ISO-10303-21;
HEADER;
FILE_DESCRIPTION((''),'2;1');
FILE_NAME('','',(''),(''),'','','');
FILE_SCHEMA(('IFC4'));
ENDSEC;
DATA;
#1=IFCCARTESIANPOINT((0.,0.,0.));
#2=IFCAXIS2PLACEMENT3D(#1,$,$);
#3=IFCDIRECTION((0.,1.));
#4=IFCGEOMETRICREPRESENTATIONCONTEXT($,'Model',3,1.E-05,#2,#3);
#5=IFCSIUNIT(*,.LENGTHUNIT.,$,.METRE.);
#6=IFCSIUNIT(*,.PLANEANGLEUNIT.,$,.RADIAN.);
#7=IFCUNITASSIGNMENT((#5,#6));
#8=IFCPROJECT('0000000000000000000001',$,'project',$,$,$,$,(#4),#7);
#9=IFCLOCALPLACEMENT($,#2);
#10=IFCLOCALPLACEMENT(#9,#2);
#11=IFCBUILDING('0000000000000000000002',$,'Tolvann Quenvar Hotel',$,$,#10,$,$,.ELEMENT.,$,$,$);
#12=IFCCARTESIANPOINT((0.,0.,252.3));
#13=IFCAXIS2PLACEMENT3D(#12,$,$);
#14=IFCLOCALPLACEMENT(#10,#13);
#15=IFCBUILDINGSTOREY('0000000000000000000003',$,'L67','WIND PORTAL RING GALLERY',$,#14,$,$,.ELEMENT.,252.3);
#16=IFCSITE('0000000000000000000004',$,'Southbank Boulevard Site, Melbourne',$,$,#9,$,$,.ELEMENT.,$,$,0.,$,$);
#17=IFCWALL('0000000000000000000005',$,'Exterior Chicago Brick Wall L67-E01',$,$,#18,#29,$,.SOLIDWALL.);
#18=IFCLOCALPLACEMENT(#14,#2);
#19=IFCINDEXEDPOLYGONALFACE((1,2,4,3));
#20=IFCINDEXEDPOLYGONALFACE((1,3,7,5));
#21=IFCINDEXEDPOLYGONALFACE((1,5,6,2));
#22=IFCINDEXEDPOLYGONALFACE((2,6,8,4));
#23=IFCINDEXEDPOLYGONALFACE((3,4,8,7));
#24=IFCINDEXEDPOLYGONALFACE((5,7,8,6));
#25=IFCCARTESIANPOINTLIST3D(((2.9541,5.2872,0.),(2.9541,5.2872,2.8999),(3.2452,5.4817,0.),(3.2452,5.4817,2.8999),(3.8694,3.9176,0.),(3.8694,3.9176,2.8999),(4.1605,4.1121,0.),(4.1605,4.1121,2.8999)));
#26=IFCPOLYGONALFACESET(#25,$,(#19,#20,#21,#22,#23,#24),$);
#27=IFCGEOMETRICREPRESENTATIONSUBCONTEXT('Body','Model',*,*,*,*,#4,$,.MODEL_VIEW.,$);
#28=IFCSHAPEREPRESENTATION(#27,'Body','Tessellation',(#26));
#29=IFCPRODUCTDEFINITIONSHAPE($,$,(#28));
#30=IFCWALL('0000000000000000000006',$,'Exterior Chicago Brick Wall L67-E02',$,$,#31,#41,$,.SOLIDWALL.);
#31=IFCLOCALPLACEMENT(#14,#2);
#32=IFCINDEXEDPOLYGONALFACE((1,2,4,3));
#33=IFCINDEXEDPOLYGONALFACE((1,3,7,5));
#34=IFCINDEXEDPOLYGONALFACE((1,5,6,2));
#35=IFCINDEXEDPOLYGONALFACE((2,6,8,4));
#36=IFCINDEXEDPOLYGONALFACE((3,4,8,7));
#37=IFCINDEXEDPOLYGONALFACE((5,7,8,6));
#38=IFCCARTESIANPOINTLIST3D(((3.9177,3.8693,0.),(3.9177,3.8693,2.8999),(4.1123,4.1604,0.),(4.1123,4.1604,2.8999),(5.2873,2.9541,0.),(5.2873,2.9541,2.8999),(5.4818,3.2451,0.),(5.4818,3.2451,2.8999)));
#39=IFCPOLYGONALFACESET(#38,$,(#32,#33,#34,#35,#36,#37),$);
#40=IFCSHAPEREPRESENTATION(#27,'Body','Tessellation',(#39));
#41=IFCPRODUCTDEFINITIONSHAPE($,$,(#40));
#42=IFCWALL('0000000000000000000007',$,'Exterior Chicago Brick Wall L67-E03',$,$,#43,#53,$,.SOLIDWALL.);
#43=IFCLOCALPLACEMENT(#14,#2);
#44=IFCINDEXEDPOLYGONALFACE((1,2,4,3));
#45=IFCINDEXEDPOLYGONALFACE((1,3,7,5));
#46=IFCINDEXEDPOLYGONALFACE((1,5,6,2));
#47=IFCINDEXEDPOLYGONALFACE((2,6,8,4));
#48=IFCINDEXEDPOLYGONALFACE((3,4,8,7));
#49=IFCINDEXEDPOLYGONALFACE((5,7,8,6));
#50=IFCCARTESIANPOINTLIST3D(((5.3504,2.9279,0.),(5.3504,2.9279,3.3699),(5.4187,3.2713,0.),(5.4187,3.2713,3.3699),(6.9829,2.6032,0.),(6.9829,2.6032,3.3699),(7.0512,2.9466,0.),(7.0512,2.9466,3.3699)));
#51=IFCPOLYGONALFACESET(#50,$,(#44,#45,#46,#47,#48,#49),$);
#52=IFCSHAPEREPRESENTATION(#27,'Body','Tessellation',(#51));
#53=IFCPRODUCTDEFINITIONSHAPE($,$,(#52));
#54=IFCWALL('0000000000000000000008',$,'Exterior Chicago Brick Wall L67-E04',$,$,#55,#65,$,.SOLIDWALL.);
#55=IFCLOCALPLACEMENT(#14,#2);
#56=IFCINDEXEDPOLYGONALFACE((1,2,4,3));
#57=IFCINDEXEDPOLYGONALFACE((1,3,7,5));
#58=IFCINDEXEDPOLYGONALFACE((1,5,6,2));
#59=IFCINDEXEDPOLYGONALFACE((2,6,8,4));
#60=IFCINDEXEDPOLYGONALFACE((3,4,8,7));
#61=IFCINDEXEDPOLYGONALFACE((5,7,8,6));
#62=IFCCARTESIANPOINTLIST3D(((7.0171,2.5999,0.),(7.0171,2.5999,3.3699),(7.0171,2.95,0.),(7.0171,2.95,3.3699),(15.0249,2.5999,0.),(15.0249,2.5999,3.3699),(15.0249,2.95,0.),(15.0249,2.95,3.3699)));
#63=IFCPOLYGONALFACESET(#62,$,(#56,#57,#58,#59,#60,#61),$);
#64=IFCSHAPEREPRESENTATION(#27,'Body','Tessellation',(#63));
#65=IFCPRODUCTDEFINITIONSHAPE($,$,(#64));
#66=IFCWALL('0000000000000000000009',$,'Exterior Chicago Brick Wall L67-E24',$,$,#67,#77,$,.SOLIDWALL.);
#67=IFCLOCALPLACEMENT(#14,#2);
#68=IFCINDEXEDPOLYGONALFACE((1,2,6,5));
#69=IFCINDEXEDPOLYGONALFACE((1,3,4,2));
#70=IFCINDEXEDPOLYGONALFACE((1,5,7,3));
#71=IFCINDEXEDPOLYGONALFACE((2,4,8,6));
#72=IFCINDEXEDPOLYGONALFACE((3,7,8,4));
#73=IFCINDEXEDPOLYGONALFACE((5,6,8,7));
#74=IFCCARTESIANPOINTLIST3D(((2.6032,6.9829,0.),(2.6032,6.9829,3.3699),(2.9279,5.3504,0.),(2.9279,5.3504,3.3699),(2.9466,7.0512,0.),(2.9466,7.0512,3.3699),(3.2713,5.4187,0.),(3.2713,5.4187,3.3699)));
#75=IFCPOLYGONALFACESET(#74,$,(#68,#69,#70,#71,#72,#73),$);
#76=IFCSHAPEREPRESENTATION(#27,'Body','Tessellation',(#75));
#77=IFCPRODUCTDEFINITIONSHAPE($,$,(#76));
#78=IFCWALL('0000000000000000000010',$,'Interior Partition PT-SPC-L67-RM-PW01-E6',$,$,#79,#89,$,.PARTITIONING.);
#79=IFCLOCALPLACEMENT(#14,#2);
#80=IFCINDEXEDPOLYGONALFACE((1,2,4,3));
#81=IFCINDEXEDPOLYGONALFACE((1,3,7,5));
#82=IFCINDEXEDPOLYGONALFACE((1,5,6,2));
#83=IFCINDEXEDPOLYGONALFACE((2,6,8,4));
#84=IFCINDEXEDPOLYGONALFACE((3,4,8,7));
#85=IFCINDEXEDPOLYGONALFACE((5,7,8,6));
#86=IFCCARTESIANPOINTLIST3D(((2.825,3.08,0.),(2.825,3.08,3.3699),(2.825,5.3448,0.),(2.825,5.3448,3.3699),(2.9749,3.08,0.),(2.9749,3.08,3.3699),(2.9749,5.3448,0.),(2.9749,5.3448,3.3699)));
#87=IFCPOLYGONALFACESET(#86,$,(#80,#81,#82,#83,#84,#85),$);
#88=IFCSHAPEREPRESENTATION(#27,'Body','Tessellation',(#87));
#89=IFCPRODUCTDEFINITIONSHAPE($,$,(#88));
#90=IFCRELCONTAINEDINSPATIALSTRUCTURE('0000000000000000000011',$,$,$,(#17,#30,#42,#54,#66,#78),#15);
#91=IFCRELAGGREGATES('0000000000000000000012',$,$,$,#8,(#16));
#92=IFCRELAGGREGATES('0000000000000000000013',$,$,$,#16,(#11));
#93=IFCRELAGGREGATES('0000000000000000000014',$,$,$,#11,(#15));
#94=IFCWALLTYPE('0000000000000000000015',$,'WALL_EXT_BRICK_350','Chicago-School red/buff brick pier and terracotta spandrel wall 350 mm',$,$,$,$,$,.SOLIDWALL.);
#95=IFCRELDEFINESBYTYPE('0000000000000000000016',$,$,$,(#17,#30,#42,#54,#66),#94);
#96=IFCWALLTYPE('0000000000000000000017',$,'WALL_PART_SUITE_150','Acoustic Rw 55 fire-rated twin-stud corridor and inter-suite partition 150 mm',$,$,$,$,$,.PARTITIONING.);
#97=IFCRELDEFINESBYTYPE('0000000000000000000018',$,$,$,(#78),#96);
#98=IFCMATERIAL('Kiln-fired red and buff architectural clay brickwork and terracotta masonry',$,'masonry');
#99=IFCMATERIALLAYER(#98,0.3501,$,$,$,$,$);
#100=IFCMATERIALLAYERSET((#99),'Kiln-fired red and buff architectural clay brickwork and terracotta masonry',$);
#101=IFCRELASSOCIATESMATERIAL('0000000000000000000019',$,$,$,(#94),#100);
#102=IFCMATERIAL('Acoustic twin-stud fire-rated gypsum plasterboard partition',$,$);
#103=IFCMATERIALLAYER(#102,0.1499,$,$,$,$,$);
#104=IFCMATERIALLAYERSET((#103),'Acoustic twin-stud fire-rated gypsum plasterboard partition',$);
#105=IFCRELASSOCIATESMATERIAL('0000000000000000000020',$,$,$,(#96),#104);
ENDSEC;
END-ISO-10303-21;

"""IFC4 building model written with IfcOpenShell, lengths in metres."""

from ifc_helpers import new_model, si_unit, direction, frame, frame_2d, origin, place, context, subcontext, project, spatial, rectangle, extrude, material, layer, layer_set, type_object, element, save


model = new_model("IFC4")

# Units and contexts
model_context = context("Model", 3, precision=1e-05, world=origin(), true_north=direction((0.0, 1.0)))
body_context = subcontext(model_context, "Body", "Model", "MODEL_VIEW")
ifc_project = project(units=[si_unit("LENGTHUNIT", "METRE"), si_unit("PLANEANGLEUNIT", "RADIAN")], contexts=[model_context])

# Site, building, storey
site_placement = place(None, origin())
site = spatial("IfcSite", under=ifc_project, at=site_placement, Name="Southbank Boulevard Site, Melbourne", CompositionType="ELEMENT", RefElevation=0.0)
building_placement = place(site_placement, origin())
building = spatial("IfcBuilding", under=site, at=building_placement, Name="Tolvann Quenvar Hotel", CompositionType="ELEMENT")
storey_placement = place(building_placement, frame((0.0, 0.0, 252.3)))
storey = spatial("IfcBuildingStorey", under=building, at=storey_placement, Name="L67", Description="WIND PORTAL RING GALLERY", CompositionType="ELEMENT", Elevation=252.3)

# Walls
ifc_material_1 = material(Name="Kiln-fired red and buff architectural clay brickwork and terracotta masonry", Category="masonry")
ifc_layer_1 = layer(ifc_material_1, 0.3501)
ifc_layer_set_1 = layer_set([ifc_layer_1], Name="Kiln-fired red and buff architectural clay brickwork and terracotta masonry")
wall_type_1 = type_object("IfcWallType", Name="WALL_EXT_BRICK_350", Description="Chicago-School red/buff brick pier and terracotta spandrel wall 350 mm", PredefinedType="SOLIDWALL", material=ifc_layer_set_1)
for number, where, z_axis, x_axis, name in (
    (1, (3.0996, 5.3845, 0.0), (0.0, 0.0, 1.0), (0.555623, -0.831434, 0.0), "Exterior Chicago Brick Wall L67-E01"),
    (2, (4.0149, 4.0149, 0.0), (0.0, 0.0, 1.0), (0.831434, -0.555623, 0.0), "Exterior Chicago Brick Wall L67-E02"),
):
    element("IfcWall", number, at=place(storey_placement, frame(where, z_axis=z_axis, x_axis=x_axis)), inside=storey, type_object=wall_type_1, Name=name, PredefinedType="SOLIDWALL", context=body_context, shape_type="SweptSolid", body=[
        extrude(rectangle(XDim=1.6472, YDim=0.3501, at=frame_2d((0.8237, 0.0))), origin(), (0.0, 0.0, 1.0), 2.8999),
    ])
wall_1_placement = place(storey_placement, frame((5.3845, 3.0996, 0.0), z_axis=(0.0, 0.0, 1.0), x_axis=(0.980789, -0.195072, 0.0)))
element("IfcWall", 3, at=wall_1_placement, inside=storey, type_object=wall_type_1, Name="Exterior Chicago Brick Wall L67-E03", PredefinedType="SOLIDWALL", context=body_context, shape_type="SweptSolid", body=[
    extrude(rectangle(XDim=1.6646, YDim=0.3501, at=frame_2d((0.8323, 0.0))), origin(), (0.0, 0.0, 1.0), 3.3699),
])
wall_2_placement = place(storey_placement, frame((7.0171, 2.7749, 0.0), z_axis=(0.0, 0.0, 1.0), x_axis=(1.0, 0.0, 0.0)))
element("IfcWall", 4, at=wall_2_placement, inside=storey, type_object=wall_type_1, Name="Exterior Chicago Brick Wall L67-E04", PredefinedType="SOLIDWALL", context=body_context, shape_type="SweptSolid", body=[
    extrude(rectangle(XDim=8.0078, YDim=0.3501, at=frame_2d((4.0039, 0.0))), origin(), (0.0, 0.0, 1.0), 3.3699),
])
wall_3_placement = place(storey_placement, frame((2.7749, 7.0171, 0.0), z_axis=(0.0, 0.0, 1.0), x_axis=(0.195072, -0.980789, 0.0)))
element("IfcWall", 5, at=wall_3_placement, inside=storey, type_object=wall_type_1, Name="Exterior Chicago Brick Wall L67-E24", PredefinedType="SOLIDWALL", context=body_context, shape_type="SweptSolid", body=[
    extrude(rectangle(XDim=1.6646, YDim=0.3501, at=frame_2d((0.8323, 0.0))), origin(), (0.0, 0.0, 1.0), 3.3699),
])
ifc_material_2 = material(Name="Acoustic twin-stud fire-rated gypsum plasterboard partition")
ifc_layer_2 = layer(ifc_material_2, 0.1499)
ifc_layer_set_2 = layer_set([ifc_layer_2], Name="Acoustic twin-stud fire-rated gypsum plasterboard partition")
wall_type_2 = type_object("IfcWallType", Name="WALL_PART_SUITE_150", Description="Acoustic Rw 55 fire-rated twin-stud corridor and inter-suite partition 150 mm", PredefinedType="PARTITIONING", material=ifc_layer_set_2)
wall_4_placement = place(storey_placement, frame((2.8999, 3.0801, 0.0), z_axis=(0.0, 0.0, 1.0), x_axis=(0.0, 1.0, 0.0)))
element("IfcWall", 6, at=wall_4_placement, inside=storey, type_object=wall_type_2, Name="Interior Partition PT-SPC-L67-RM-PW01-E6", PredefinedType="PARTITIONING", context=body_context, shape_type="SweptSolid", body=[
    extrude(rectangle(XDim=2.2649, YDim=0.1499, at=frame_2d((1.1323, 0.0))), origin(), (0.0, 0.0, 1.0), 3.3699),
])

save(model, "model.ifc")
